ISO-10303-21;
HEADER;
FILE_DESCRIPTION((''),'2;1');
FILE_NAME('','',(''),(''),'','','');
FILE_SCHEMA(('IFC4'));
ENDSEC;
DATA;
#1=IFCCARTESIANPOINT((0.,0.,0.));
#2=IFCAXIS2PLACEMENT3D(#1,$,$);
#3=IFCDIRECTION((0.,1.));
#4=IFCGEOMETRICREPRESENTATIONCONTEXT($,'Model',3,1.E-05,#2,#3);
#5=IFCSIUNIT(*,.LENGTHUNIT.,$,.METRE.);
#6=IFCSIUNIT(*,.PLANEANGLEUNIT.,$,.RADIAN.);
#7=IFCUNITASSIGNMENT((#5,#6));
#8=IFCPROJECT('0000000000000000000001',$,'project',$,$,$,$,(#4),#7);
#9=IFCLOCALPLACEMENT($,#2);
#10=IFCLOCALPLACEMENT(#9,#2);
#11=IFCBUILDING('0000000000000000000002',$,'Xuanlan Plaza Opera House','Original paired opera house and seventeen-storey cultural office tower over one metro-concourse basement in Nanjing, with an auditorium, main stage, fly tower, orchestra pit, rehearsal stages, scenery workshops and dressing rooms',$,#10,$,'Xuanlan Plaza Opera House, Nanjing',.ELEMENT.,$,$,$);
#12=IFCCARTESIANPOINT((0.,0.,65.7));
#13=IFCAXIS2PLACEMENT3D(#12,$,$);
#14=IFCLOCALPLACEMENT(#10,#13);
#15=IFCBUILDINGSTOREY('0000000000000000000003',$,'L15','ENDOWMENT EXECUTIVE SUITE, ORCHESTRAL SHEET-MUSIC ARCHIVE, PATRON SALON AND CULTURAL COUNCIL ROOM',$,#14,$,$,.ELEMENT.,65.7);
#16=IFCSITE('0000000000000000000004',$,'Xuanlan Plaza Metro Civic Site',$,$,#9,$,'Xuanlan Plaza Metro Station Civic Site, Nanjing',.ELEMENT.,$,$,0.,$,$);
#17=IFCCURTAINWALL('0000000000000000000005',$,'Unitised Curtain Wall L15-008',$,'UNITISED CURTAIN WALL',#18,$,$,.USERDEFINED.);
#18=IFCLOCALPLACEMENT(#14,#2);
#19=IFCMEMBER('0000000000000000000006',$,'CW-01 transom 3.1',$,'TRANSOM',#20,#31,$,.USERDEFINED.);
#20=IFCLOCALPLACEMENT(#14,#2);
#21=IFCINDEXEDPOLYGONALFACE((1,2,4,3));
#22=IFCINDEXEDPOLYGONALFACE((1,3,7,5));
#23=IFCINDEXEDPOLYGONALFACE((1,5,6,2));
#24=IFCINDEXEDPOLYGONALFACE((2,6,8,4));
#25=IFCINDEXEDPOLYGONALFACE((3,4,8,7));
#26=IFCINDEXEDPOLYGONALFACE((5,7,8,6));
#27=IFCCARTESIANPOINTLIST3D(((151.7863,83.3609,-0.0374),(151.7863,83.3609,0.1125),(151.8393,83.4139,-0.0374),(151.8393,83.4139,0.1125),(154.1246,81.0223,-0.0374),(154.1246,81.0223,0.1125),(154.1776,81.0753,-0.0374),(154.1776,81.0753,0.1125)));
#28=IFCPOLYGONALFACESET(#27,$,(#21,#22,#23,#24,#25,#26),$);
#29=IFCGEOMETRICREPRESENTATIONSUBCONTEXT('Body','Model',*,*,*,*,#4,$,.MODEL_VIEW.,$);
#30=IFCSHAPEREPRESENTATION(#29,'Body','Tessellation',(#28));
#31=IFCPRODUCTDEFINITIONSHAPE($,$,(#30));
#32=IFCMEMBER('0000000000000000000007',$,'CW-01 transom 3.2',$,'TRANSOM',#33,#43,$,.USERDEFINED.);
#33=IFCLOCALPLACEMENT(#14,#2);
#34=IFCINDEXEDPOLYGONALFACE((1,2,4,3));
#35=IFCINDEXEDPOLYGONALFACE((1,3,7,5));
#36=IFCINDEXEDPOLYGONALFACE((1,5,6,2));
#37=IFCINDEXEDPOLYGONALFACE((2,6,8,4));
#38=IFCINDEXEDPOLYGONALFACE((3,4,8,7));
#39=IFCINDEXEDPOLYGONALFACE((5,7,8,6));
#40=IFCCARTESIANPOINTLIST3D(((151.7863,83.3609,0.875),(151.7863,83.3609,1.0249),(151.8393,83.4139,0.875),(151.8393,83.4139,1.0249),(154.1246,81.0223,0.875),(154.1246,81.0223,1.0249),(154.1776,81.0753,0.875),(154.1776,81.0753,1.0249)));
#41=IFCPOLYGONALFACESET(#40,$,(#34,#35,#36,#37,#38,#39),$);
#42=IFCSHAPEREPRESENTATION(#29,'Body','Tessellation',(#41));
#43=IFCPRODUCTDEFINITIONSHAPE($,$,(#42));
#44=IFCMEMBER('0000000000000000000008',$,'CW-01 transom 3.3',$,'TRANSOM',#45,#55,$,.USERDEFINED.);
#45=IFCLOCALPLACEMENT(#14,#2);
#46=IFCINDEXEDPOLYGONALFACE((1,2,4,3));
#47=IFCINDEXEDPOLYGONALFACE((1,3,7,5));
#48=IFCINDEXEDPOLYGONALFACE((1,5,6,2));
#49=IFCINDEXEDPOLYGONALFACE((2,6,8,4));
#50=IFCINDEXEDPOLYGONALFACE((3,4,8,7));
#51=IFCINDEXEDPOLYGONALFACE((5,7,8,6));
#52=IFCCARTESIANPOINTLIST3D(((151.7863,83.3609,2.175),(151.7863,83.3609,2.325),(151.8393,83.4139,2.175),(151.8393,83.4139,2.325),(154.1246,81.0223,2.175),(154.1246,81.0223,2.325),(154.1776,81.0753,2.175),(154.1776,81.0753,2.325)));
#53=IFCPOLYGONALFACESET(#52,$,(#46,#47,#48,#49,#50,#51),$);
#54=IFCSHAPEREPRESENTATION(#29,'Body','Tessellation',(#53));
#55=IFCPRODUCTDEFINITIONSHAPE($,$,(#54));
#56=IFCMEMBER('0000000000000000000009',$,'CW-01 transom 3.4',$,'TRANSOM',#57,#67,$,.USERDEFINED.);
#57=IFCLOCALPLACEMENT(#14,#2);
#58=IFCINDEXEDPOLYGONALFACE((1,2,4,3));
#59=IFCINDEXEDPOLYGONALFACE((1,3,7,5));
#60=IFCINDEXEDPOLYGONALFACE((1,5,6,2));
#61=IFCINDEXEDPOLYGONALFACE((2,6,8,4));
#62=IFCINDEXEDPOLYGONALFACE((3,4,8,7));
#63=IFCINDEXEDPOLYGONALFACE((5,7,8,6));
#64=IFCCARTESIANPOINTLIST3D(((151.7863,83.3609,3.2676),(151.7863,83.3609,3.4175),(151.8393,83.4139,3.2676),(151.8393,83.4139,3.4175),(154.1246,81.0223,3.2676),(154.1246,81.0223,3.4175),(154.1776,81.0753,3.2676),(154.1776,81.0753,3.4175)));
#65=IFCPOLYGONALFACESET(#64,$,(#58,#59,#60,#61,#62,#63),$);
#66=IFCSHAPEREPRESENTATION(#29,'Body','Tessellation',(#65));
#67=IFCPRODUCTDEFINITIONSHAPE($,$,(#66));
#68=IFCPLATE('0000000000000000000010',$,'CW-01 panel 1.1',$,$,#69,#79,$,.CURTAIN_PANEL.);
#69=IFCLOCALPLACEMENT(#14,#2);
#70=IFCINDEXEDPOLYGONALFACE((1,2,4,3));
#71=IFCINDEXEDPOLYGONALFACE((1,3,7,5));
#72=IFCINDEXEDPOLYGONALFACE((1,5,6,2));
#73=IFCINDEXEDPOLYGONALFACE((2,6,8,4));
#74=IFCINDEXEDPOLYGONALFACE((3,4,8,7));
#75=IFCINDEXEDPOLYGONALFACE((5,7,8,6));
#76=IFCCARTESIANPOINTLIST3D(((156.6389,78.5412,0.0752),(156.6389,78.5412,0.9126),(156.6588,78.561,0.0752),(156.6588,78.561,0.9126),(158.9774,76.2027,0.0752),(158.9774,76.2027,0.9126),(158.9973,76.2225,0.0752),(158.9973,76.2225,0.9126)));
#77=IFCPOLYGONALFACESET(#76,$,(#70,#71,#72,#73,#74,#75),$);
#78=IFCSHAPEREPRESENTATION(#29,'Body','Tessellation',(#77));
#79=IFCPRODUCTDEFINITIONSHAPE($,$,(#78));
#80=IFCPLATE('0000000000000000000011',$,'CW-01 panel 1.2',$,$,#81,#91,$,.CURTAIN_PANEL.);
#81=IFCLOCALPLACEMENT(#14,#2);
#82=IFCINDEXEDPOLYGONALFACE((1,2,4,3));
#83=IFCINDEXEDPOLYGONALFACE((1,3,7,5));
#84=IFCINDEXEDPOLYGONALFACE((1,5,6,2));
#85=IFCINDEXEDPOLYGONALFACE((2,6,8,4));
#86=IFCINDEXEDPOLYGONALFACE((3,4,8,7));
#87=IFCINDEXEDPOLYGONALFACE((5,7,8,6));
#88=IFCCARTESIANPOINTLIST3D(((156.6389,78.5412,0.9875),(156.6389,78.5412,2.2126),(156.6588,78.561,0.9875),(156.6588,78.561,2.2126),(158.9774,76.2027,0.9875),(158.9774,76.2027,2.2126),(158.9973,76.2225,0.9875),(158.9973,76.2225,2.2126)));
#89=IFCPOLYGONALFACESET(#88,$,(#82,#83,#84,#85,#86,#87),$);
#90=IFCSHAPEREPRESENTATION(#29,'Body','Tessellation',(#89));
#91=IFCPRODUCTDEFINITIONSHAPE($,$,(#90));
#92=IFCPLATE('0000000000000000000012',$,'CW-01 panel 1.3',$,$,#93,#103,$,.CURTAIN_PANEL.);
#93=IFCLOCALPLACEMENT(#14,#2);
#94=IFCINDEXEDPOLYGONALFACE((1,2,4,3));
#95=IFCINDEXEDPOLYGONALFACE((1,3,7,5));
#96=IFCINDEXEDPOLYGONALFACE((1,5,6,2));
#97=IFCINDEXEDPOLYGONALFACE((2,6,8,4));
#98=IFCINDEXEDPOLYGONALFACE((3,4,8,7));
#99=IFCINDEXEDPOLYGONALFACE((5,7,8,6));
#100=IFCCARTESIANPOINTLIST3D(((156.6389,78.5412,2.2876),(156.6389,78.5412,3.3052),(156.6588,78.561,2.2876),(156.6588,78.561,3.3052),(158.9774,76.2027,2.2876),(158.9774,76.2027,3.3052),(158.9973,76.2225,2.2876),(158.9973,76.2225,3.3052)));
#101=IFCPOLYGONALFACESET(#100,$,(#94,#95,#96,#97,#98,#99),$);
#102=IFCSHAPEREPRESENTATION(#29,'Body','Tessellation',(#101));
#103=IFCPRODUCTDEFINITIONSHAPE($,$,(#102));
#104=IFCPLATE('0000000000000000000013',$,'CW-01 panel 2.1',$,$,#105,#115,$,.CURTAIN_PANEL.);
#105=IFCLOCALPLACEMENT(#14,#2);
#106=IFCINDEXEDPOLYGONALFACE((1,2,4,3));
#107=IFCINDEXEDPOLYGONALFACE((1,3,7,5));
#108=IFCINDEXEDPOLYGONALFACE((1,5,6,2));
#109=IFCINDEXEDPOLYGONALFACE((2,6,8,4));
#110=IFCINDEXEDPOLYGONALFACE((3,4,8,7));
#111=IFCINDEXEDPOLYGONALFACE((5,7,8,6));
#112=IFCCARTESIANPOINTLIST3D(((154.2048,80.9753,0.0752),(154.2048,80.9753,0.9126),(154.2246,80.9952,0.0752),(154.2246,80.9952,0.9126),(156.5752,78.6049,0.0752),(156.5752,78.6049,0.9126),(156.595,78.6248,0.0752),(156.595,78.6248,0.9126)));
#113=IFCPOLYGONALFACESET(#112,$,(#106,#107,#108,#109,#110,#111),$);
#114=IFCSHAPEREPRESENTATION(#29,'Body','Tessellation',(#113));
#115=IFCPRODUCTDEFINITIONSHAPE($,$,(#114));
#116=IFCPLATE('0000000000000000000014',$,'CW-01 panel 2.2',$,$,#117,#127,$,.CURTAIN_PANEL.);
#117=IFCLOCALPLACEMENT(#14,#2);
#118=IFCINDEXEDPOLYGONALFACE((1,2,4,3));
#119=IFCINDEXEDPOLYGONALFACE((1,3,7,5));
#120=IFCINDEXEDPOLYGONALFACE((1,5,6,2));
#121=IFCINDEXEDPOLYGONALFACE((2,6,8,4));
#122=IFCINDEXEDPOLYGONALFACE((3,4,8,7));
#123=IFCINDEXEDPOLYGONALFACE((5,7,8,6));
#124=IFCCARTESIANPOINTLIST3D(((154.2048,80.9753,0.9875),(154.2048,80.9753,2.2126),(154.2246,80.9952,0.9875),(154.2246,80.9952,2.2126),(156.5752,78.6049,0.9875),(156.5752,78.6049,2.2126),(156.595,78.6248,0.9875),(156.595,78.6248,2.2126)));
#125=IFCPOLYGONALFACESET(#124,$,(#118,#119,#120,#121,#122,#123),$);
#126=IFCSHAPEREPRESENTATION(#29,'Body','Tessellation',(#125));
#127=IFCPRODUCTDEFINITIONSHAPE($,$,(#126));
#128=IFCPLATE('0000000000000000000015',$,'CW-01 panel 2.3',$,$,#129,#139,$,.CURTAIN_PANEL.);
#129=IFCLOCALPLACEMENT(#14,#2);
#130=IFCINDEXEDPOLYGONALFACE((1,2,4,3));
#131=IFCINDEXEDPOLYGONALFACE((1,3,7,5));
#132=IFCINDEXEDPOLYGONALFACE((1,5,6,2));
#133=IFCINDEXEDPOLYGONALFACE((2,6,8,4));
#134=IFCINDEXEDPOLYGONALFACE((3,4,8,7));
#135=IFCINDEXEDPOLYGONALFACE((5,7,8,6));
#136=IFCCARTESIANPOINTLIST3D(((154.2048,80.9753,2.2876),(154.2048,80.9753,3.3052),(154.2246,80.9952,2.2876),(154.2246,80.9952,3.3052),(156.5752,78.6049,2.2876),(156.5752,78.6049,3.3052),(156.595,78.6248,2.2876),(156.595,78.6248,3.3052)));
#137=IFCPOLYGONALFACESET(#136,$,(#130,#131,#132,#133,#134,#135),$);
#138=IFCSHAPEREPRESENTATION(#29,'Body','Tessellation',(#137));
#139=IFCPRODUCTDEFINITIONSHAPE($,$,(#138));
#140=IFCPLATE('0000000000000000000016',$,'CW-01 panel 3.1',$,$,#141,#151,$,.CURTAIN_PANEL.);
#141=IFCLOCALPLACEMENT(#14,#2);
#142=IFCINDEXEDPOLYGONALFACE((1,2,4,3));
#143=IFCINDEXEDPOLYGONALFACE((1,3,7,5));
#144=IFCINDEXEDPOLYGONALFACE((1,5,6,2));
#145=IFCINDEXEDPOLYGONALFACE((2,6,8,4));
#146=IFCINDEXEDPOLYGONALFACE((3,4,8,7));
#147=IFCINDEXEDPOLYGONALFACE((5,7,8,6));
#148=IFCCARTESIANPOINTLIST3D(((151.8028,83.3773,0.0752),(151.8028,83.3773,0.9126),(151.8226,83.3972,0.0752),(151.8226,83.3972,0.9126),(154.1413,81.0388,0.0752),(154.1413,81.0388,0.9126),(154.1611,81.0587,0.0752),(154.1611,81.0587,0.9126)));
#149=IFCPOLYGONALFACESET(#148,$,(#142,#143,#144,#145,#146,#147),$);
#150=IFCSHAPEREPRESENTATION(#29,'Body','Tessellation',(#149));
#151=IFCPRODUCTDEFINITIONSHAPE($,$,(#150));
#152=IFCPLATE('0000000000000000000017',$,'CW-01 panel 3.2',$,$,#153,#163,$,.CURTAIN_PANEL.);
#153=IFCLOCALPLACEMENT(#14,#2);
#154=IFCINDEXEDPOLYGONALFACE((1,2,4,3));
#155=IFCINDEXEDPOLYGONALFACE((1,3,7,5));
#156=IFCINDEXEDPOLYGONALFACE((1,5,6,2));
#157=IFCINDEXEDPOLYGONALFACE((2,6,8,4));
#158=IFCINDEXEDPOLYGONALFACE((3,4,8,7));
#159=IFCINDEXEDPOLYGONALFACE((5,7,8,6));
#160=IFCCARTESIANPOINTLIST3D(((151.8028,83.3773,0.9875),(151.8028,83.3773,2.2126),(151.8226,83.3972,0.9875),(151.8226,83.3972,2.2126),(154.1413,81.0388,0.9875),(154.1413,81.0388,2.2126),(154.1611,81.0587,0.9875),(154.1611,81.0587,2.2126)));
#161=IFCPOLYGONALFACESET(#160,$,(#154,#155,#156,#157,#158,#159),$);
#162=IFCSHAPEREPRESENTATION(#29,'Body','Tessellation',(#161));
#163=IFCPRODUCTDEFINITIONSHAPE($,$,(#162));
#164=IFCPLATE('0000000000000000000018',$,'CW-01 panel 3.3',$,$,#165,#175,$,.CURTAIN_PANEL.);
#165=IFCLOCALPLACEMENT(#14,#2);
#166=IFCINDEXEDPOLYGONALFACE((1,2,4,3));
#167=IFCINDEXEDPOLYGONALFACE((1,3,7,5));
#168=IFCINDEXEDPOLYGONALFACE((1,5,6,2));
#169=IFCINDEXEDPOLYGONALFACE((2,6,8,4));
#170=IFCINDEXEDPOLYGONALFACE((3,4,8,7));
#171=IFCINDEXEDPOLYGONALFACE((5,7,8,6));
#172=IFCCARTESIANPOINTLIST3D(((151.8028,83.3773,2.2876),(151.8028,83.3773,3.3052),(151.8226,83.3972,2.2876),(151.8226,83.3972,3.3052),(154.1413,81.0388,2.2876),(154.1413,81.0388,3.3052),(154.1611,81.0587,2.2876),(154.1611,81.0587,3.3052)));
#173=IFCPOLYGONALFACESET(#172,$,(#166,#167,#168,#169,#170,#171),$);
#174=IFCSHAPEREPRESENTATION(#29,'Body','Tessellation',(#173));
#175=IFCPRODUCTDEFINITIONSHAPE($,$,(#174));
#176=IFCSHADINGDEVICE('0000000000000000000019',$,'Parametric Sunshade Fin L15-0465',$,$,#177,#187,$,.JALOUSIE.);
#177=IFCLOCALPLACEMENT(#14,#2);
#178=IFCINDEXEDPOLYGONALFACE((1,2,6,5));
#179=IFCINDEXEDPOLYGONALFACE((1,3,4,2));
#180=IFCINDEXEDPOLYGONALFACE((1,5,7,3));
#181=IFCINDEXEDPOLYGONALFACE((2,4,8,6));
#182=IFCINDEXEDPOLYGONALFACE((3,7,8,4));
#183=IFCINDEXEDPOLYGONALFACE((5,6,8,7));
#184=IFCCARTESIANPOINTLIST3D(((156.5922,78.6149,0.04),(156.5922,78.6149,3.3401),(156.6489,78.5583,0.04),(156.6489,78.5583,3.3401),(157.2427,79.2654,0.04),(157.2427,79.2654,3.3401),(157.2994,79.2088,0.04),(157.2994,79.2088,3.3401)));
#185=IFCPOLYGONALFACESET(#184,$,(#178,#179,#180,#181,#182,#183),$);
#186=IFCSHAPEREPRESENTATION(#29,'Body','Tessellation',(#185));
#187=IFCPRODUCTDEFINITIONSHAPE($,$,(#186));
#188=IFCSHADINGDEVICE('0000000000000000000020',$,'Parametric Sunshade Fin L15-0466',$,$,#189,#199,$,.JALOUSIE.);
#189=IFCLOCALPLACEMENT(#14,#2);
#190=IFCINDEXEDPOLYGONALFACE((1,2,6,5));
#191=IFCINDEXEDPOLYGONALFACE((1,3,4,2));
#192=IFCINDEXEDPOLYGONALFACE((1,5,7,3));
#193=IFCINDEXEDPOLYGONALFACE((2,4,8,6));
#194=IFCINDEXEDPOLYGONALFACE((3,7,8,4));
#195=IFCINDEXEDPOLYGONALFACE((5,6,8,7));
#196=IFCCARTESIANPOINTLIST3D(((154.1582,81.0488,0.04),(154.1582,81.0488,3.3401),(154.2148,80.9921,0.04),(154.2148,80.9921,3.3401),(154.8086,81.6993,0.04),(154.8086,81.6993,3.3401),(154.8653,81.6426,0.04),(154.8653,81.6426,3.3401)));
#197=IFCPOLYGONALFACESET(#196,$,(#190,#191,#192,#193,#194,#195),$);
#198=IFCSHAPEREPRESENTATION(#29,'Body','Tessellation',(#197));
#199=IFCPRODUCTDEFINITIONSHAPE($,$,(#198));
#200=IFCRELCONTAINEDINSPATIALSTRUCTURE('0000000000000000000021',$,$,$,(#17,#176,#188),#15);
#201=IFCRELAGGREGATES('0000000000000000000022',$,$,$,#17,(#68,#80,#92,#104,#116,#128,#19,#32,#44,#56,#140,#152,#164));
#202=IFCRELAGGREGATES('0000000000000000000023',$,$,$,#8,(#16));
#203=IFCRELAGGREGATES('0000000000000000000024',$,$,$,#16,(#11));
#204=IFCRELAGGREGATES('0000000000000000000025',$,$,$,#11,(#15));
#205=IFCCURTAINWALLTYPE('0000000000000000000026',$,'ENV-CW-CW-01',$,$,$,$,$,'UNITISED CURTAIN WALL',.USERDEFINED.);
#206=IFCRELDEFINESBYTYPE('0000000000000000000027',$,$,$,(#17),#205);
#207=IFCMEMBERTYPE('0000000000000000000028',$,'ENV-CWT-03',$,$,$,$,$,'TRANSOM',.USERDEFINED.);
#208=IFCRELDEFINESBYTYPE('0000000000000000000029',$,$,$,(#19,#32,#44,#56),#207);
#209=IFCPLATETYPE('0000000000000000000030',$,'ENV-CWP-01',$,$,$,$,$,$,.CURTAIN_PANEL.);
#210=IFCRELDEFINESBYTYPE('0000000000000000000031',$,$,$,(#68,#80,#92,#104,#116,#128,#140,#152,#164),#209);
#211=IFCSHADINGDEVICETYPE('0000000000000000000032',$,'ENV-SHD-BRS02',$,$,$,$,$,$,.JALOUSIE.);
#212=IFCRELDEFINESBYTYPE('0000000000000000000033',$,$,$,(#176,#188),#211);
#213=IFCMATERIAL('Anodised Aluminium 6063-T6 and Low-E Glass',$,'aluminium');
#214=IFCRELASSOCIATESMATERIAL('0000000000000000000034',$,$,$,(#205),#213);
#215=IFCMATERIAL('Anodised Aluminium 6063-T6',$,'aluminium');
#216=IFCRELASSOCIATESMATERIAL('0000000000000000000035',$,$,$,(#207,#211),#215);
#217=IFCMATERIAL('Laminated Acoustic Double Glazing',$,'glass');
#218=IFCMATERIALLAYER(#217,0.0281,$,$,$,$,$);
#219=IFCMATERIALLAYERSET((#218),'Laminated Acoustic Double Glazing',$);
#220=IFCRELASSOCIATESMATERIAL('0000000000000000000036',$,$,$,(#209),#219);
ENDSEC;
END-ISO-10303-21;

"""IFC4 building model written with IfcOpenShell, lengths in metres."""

from ifc_helpers import new_model, si_unit, direction, frame, origin, origin_2d, place, context, subcontext, project, spatial, rectangle, extrude, material, layer, layer_set, material_profile, profile_set, type_object, element, aggregate, save


model = new_model("IFC4")

# Units and contexts
model_context = context("Model", 3, precision=1e-05, world=origin(), true_north=direction((0.0, 1.0)))
body_context = subcontext(model_context, "Body", "Model", "MODEL_VIEW")
ifc_project = project(units=[si_unit("LENGTHUNIT", "METRE"), si_unit("PLANEANGLEUNIT", "RADIAN")], contexts=[model_context])

# Site, building, storey
site_placement = place(None, origin())
site = spatial("IfcSite", under=ifc_project, at=site_placement, Name="Xuanlan Plaza Metro Civic Site", LongName="Xuanlan Plaza Metro Station Civic Site, Nanjing", CompositionType="ELEMENT", RefElevation=0.0)
building_placement = place(site_placement, origin())
building = spatial("IfcBuilding", under=site, at=building_placement, Name="Xuanlan Plaza Opera House", Description="Original paired opera house and seventeen-storey cultural office tower over one metro-concourse basement in Nanjing, with an auditorium, main stage, fly tower, orchestra pit, rehearsal stages, scenery workshops and dressing rooms", LongName="Xuanlan Plaza Opera House, Nanjing", CompositionType="ELEMENT")
storey_placement = place(building_placement, frame((0.0, 0.0, 65.7)))
storey = spatial("IfcBuildingStorey", under=building, at=storey_placement, Name="L15", Description="ENDOWMENT EXECUTIVE SUITE, ORCHESTRAL SHEET-MUSIC ARCHIVE, PATRON SALON AND CULTURAL COUNCIL ROOM", CompositionType="ELEMENT", Elevation=65.7)

# Curtain wall, members, plates
ifc_material_1 = material(Name="Anodised Aluminium 6063-T6 and Low-E Glass", Category="aluminium")
curtain_wall_type = type_object("IfcCurtainWallType", Name="ENV-CW-CW-01", ElementType="UNITISED CURTAIN WALL", PredefinedType="USERDEFINED", material=ifc_material_1)
curtain_wall_placement = place(storey_placement, origin())
curtain_wall = element("IfcCurtainWall", 1, at=curtain_wall_placement, inside=storey, type_object=curtain_wall_type, Name="Unitised Curtain Wall L15-008", ObjectType="UNITISED CURTAIN WALL", PredefinedType="USERDEFINED")
ifc_material_2 = material(Name="Anodised Aluminium 6063-T6", Category="aluminium")
ifc_material_profile_1 = material_profile(ifc_material_2, rectangle(XDim=0.075, YDim=0.1499, at=origin_2d()), Name="ALU-T 75x150")
ifc_profile_set_1 = profile_set([ifc_material_profile_1], Name="Anodised Aluminium 6063-T6")
member_type_1 = type_object("IfcMemberType", Name="ENV-CWT-03", ElementType="TRANSOM", PredefinedType="USERDEFINED", material=ifc_profile_set_1)
member_1_placement = place(storey_placement, frame((154.1511, 81.0488, 0.0376), z_axis=(-0.70707, 0.707144, 0.0), x_axis=(-0.707144, -0.70707, 0.0)))
member_1 = element("IfcMember", 2, at=member_1_placement, type_object=member_type_1, Name="CW-01 transom 3.1", ObjectType="TRANSOM", PredefinedType="USERDEFINED", context=body_context, shape_type="SweptSolid", body=[
    extrude(rectangle(XDim=0.075, YDim=0.1499, at=origin_2d()), origin(), (0.0, 0.0, 1.0), 3.3071),
])
member_2_placement = place(storey_placement, frame((154.1511, 81.0488, 0.95), z_axis=(-0.70707, 0.707144, 0.0), x_axis=(-0.707144, -0.70707, 0.0)))
member_2 = element("IfcMember", 3, at=member_2_placement, type_object=member_type_1, Name="CW-01 transom 3.2", ObjectType="TRANSOM", PredefinedType="USERDEFINED", context=body_context, shape_type="SweptSolid", body=[
    extrude(rectangle(XDim=0.075, YDim=0.1499, at=origin_2d()), origin(), (0.0, 0.0, 1.0), 3.3071),
])
member_3_placement = place(storey_placement, frame((154.1511, 81.0488, 2.25), z_axis=(-0.70707, 0.707144, 0.0), x_axis=(-0.707144, -0.70707, 0.0)))
member_3 = element("IfcMember", 4, at=member_3_placement, type_object=member_type_1, Name="CW-01 transom 3.3", ObjectType="TRANSOM", PredefinedType="USERDEFINED", context=body_context, shape_type="SweptSolid", body=[
    extrude(rectangle(XDim=0.075, YDim=0.1499, at=origin_2d()), origin(), (0.0, 0.0, 1.0), 3.3071),
])
member_4_placement = place(storey_placement, frame((154.1511, 81.0488, 3.3425), z_axis=(-0.70707, 0.707144, 0.0), x_axis=(-0.707144, -0.70707, 0.0)))
member_4 = element("IfcMember", 5, at=member_4_placement, type_object=member_type_1, Name="CW-01 transom 3.4", ObjectType="TRANSOM", PredefinedType="USERDEFINED", context=body_context, shape_type="SweptSolid", body=[
    extrude(rectangle(XDim=0.075, YDim=0.1499, at=origin_2d()), origin(), (0.0, 0.0, 1.0), 3.3071),
])
ifc_material_3 = material(Name="Laminated Acoustic Double Glazing", Category="glass")
ifc_layer = layer(ifc_material_3, 0.0281)
ifc_layer_set = layer_set([ifc_layer], Name="Laminated Acoustic Double Glazing")
plate_type = type_object("IfcPlateType", Name="ENV-CWP-01", PredefinedType="CURTAIN_PANEL", material=ifc_layer_set)
plate_1_placement = place(storey_placement, frame((157.8181, 77.3818, 0.0752), z_axis=(0.0, 0.0, 1.0), x_axis=(-0.707107, 0.707107, 0.0)))
plate_1 = element("IfcPlate", 6, at=plate_1_placement, type_object=plate_type, Name="CW-01 panel 1.1", PredefinedType="CURTAIN_PANEL", context=body_context, shape_type="SweptSolid", body=[
    extrude(rectangle(XDim=3.3071, YDim=0.0281, at=origin_2d()), origin(), (0.0, 0.0, 1.0), 0.8374),
])
plate_2_placement = place(storey_placement, frame((157.8181, 77.3818, 0.9875), z_axis=(0.0, 0.0, 1.0), x_axis=(-0.707107, 0.707107, 0.0)))
plate_2 = element("IfcPlate", 7, at=plate_2_placement, type_object=plate_type, Name="CW-01 panel 1.2", PredefinedType="CURTAIN_PANEL", context=body_context, shape_type="SweptSolid", body=[
    extrude(rectangle(XDim=3.3071, YDim=0.0281, at=origin_2d()), origin(), (0.0, 0.0, 1.0), 1.2251),
])
plate_3_placement = place(storey_placement, frame((157.8181, 77.3818, 2.2876), z_axis=(0.0, 0.0, 1.0), x_axis=(-0.707107, 0.707107, 0.0)))
plate_3 = element("IfcPlate", 8, at=plate_3_placement, type_object=plate_type, Name="CW-01 panel 1.3", PredefinedType="CURTAIN_PANEL", context=body_context, shape_type="SweptSolid", body=[
    extrude(rectangle(XDim=3.3071, YDim=0.0281, at=origin_2d()), origin(), (0.0, 0.0, 1.0), 1.0176),
])
plate_4_placement = place(storey_placement, frame((155.3999, 79.8, 0.0752), z_axis=(0.0, 0.0, 1.0), x_axis=(-0.707107, 0.707107, 0.0)))
plate_4 = element("IfcPlate", 9, at=plate_4_placement, type_object=plate_type, Name="CW-01 panel 2.1", PredefinedType="CURTAIN_PANEL", context=body_context, shape_type="SweptSolid", body=[
    extrude(rectangle(XDim=3.3523, YDim=0.0281, at=origin_2d()), origin(), (0.0, 0.0, 1.0), 0.8374),
])
plate_5_placement = place(storey_placement, frame((155.3999, 79.8, 0.9875), z_axis=(0.0, 0.0, 1.0), x_axis=(-0.707107, 0.707107, 0.0)))
plate_5 = element("IfcPlate", 10, at=plate_5_placement, type_object=plate_type, Name="CW-01 panel 2.2", PredefinedType="CURTAIN_PANEL", context=body_context, shape_type="SweptSolid", body=[
    extrude(rectangle(XDim=3.3523, YDim=0.0281, at=origin_2d()), origin(), (0.0, 0.0, 1.0), 1.2251),
])
plate_6_placement = place(storey_placement, frame((155.3999, 79.8, 2.2876), z_axis=(0.0, 0.0, 1.0), x_axis=(-0.707107, 0.707107, 0.0)))
plate_6 = element("IfcPlate", 11, at=plate_6_placement, type_object=plate_type, Name="CW-01 panel 2.3", PredefinedType="CURTAIN_PANEL", context=body_context, shape_type="SweptSolid", body=[
    extrude(rectangle(XDim=3.3523, YDim=0.0281, at=origin_2d()), origin(), (0.0, 0.0, 1.0), 1.0176),
])
plate_7_placement = place(storey_placement, frame((152.9819, 82.218, 0.0752), z_axis=(0.0, 0.0, 1.0), x_axis=(-0.707107, 0.707107, 0.0)))
plate_7 = element("IfcPlate", 12, at=plate_7_placement, type_object=plate_type, Name="CW-01 panel 3.1", PredefinedType="CURTAIN_PANEL", context=body_context, shape_type="SweptSolid", body=[
    extrude(rectangle(XDim=3.3071, YDim=0.0281, at=origin_2d()), origin(), (0.0, 0.0, 1.0), 0.8374),
])
plate_8_placement = place(storey_placement, frame((152.9819, 82.218, 0.9875), z_axis=(0.0, 0.0, 1.0), x_axis=(-0.707107, 0.707107, 0.0)))
plate_8 = element("IfcPlate", 13, at=plate_8_placement, type_object=plate_type, Name="CW-01 panel 3.2", PredefinedType="CURTAIN_PANEL", context=body_context, shape_type="SweptSolid", body=[
    extrude(rectangle(XDim=3.3071, YDim=0.0281, at=origin_2d()), origin(), (0.0, 0.0, 1.0), 1.2251),
])
plate_9_placement = place(storey_placement, frame((152.9819, 82.218, 2.2876), z_axis=(0.0, 0.0, 1.0), x_axis=(-0.707107, 0.707107, 0.0)))
plate_9 = element("IfcPlate", 14, at=plate_9_placement, type_object=plate_type, Name="CW-01 panel 3.3", PredefinedType="CURTAIN_PANEL", context=body_context, shape_type="SweptSolid", body=[
    extrude(rectangle(XDim=3.3071, YDim=0.0281, at=origin_2d()), origin(), (0.0, 0.0, 1.0), 1.0176),
])
aggregate(curtain_wall, [plate_1, plate_2, plate_3, plate_4, plate_5, plate_6, member_1, member_2, member_3, member_4, plate_7, plate_8, plate_9])

# Shading devices
shading_device_type = type_object("IfcShadingDeviceType", Name="ENV-SHD-BRS02", PredefinedType="JALOUSIE", material=ifc_material_2)
for number, where, z_axis, x_axis, name in (
    (15, (156.9458, 78.9119, 0.04), (0.0, 0.0, 1.0), (0.707107, 0.707107, 0.0), "Parametric Sunshade Fin L15-0465"),
    (16, (154.5117, 81.3457, 0.04), (0.0, 0.0, 1.0), (0.707107, 0.707107, 0.0), "Parametric Sunshade Fin L15-0466"),
):
    element("IfcShadingDevice", number, at=place(storey_placement, frame(where, z_axis=z_axis, x_axis=x_axis)), inside=storey, type_object=shading_device_type, Name=name, PredefinedType="JALOUSIE", context=body_context, shape_type="SweptSolid", body=[
        extrude(rectangle(XDim=0.9199, YDim=0.0801, at=origin_2d()), origin(), (0.0, 0.0, 1.0), 3.3),
    ])

save(model, "model.ifc")
